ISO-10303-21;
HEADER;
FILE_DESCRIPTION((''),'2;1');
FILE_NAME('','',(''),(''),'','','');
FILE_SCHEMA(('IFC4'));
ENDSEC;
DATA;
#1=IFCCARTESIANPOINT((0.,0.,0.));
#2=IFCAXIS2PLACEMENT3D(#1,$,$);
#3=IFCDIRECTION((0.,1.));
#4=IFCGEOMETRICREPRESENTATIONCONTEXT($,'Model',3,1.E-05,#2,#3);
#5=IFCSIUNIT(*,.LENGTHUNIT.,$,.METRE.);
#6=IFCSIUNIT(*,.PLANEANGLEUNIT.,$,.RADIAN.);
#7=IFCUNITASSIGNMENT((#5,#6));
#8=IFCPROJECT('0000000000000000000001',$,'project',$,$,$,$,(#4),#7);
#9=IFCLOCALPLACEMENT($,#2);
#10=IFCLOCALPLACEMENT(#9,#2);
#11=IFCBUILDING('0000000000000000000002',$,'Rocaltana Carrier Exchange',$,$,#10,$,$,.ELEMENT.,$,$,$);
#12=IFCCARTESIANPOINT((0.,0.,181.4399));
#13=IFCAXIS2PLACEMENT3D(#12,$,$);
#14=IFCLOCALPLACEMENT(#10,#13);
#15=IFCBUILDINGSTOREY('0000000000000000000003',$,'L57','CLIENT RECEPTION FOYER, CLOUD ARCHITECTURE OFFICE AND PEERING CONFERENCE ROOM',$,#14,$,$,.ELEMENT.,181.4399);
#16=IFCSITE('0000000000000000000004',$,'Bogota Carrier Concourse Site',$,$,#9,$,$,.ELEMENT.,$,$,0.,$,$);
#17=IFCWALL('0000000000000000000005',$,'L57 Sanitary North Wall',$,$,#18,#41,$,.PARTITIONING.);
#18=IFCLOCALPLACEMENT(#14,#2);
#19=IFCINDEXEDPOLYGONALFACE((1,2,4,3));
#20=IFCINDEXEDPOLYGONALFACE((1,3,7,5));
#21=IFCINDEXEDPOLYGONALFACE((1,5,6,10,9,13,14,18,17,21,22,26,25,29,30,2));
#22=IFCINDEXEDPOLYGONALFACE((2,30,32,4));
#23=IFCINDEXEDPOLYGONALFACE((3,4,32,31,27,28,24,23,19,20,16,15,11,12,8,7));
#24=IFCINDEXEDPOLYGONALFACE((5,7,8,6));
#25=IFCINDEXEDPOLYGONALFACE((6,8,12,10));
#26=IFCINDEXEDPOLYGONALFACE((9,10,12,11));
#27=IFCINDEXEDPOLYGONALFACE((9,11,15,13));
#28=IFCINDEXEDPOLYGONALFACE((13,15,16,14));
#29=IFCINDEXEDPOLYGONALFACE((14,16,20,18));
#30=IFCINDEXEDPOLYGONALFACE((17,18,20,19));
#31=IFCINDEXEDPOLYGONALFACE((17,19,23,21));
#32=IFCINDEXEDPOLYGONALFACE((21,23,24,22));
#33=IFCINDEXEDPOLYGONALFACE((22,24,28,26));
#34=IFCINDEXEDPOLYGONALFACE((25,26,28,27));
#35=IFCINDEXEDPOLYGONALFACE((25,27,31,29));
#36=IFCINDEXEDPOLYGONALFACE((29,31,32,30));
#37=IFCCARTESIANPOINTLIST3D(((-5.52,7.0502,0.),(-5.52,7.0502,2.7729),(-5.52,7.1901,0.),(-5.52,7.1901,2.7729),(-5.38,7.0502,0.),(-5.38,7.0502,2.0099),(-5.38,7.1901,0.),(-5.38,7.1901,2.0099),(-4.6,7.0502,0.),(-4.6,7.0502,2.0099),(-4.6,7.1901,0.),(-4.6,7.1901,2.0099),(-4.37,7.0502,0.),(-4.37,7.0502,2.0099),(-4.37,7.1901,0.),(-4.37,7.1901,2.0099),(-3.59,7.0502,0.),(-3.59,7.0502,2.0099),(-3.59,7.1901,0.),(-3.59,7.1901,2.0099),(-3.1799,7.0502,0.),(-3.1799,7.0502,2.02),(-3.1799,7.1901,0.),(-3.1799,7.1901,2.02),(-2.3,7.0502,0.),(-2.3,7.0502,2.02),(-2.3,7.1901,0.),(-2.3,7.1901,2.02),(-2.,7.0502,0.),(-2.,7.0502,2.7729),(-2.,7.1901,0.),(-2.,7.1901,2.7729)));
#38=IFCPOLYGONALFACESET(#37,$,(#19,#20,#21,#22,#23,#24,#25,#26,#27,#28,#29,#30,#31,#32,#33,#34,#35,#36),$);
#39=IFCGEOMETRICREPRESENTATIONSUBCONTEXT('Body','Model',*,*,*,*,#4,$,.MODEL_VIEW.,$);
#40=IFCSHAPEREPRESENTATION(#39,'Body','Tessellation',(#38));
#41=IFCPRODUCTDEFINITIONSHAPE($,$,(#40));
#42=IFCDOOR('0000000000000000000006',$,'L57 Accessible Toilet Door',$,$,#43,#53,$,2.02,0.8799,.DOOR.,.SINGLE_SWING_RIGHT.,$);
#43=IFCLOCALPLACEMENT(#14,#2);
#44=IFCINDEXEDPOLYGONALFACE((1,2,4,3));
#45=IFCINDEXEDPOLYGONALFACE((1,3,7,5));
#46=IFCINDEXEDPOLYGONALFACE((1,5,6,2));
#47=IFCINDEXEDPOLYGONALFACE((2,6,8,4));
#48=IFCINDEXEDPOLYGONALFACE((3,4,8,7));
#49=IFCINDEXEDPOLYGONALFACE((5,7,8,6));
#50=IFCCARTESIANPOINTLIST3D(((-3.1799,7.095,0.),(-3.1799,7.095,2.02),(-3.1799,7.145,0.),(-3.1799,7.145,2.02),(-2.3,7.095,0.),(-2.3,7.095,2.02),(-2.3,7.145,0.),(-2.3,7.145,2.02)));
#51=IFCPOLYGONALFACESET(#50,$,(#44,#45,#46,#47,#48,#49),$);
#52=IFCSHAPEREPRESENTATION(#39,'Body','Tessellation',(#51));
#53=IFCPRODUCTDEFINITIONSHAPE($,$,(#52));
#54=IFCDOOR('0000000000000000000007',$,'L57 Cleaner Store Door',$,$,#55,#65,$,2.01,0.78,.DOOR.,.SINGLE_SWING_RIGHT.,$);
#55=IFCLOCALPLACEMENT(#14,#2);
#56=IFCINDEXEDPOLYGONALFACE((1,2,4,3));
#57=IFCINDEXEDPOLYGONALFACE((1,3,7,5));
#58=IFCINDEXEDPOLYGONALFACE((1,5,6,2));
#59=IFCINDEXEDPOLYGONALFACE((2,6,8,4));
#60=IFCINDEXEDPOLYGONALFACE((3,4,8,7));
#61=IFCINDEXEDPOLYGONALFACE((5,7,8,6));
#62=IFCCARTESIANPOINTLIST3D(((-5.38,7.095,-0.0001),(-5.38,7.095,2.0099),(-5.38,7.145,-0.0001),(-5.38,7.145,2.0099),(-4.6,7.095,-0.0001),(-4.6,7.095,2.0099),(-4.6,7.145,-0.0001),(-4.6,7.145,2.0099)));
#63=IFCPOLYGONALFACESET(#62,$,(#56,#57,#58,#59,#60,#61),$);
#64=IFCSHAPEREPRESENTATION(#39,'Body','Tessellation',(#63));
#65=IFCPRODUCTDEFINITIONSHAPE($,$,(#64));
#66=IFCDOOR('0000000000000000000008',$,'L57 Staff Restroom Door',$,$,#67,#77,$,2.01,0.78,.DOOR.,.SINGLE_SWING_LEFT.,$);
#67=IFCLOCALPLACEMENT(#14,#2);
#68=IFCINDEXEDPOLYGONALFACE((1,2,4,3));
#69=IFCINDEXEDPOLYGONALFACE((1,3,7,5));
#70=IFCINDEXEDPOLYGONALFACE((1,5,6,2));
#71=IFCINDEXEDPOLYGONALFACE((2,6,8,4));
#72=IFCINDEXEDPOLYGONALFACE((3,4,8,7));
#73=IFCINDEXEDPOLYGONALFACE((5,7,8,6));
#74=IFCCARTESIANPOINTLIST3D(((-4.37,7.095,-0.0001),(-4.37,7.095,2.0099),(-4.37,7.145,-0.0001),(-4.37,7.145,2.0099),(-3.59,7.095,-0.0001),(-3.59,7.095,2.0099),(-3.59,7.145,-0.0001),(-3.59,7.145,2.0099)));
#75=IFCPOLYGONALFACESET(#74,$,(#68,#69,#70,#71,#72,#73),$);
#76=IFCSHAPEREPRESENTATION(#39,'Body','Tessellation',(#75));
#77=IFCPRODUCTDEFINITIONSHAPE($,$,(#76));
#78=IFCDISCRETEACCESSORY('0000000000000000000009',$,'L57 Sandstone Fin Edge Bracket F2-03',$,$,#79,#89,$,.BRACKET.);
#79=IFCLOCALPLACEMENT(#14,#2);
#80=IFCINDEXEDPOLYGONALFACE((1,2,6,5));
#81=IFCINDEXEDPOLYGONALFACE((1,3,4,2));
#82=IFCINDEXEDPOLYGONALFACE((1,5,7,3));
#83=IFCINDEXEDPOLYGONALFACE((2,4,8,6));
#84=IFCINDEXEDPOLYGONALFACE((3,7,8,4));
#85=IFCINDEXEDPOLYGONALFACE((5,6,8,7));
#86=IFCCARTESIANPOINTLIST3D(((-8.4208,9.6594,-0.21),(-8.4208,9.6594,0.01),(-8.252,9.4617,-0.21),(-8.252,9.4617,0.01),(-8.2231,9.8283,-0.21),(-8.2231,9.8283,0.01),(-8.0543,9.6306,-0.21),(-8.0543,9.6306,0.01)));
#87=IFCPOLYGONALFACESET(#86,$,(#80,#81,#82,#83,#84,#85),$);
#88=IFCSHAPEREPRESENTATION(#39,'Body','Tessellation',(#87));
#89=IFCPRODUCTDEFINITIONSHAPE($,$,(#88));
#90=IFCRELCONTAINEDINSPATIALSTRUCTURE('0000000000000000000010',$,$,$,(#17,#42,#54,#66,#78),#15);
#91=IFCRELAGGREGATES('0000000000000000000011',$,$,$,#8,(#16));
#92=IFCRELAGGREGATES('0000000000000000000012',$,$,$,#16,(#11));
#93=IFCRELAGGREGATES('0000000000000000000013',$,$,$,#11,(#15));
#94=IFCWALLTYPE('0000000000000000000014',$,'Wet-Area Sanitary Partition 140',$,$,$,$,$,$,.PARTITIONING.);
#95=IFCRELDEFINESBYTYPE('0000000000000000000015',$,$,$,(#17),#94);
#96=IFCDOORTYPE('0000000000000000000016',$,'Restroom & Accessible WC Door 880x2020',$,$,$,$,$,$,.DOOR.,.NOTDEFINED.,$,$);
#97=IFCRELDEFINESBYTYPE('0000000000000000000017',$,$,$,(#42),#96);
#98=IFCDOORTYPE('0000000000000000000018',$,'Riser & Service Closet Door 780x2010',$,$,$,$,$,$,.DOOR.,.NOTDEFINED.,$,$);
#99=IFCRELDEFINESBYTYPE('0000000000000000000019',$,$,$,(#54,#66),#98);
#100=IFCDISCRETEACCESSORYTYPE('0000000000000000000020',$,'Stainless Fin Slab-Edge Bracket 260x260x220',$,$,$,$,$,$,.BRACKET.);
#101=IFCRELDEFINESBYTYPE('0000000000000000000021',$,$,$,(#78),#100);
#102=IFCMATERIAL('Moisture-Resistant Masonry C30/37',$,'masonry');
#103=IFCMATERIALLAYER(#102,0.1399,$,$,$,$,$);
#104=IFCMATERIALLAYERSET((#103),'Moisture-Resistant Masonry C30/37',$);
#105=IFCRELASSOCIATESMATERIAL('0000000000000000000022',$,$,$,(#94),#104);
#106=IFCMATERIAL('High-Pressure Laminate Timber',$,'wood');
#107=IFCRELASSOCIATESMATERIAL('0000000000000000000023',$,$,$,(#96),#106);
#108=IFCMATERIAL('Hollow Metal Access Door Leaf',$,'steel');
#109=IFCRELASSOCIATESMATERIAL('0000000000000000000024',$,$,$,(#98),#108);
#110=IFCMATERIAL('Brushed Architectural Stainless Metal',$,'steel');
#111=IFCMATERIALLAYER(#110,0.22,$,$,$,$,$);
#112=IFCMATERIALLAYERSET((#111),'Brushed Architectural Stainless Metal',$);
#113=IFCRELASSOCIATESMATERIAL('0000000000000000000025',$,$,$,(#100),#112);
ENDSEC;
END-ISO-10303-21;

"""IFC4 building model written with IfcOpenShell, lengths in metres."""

from ifc_helpers import new_model, si_unit, direction, frame, frame_2d, origin, origin_2d, place, context, subcontext, project, spatial, rectangle, extrude, material, layer, layer_set, type_object, element, fill, save


model = new_model("IFC4")

# Units and contexts
model_context = context("Model", 3, precision=1e-05, world=origin(), true_north=direction((0.0, 1.0)))
body_context = subcontext(model_context, "Body", "Model", "MODEL_VIEW")
ifc_project = project(units=[si_unit("LENGTHUNIT", "METRE"), si_unit("PLANEANGLEUNIT", "RADIAN")], contexts=[model_context])

# Site, building, storey
site_placement = place(None, origin())
site = spatial("IfcSite", under=ifc_project, at=site_placement, Name="Bogota Carrier Concourse Site", CompositionType="ELEMENT", RefElevation=0.0)
building_placement = place(site_placement, origin())
building = spatial("IfcBuilding", under=site, at=building_placement, Name="Rocaltana Carrier Exchange", CompositionType="ELEMENT")
storey_placement = place(building_placement, frame((0.0, 0.0, 181.4399)))
storey = spatial("IfcBuildingStorey", under=building, at=storey_placement, Name="L57", Description="CLIENT RECEPTION FOYER, CLOUD ARCHITECTURE OFFICE AND PEERING CONFERENCE ROOM", CompositionType="ELEMENT", Elevation=181.4399)

# Wall, openings, doors
ifc_material_1 = material(Name="Moisture-Resistant Masonry C30/37", Category="masonry")
ifc_layer_1 = layer(ifc_material_1, 0.1399)
ifc_layer_set_1 = layer_set([ifc_layer_1], Name="Moisture-Resistant Masonry C30/37")
wall_type_1 = type_object("IfcWallType", Name="Wet-Area Sanitary Partition 140", PredefinedType="PARTITIONING", material=ifc_layer_set_1)
wall_1_placement = place(storey_placement, frame((-5.52, 7.1201, 0.0), z_axis=(0.0, 0.0, 1.0), x_axis=(1.0, 0.0, 0.0)))
wall_1 = element("IfcWall", 1, at=wall_1_placement, inside=storey, type_object=wall_type_1, Name="L57 Sanitary North Wall", PredefinedType="PARTITIONING", context=body_context, shape_type="SweptSolid", body=[
    extrude(rectangle(XDim=3.52, YDim=0.1399, at=frame_2d((1.76, 0.0))), origin(), (0.0, 0.0, 1.0), 2.7729),
])
opening_1_placement = place(wall_1_placement, frame((0.1399, 0.0, 0.0)))
opening_1 = element("IfcOpeningElement", 2, at=opening_1_placement, cuts=wall_1, PredefinedType="OPENING", context=body_context, shape_type="SweptSolid", body=[
    extrude(rectangle(XDim=0.78, YDim=2.01, at=frame_2d((0.3901, 1.0049))), frame((0.0, 0.0798, 0.0), z_axis=(0.0, -1.0, 0.0), x_axis=(1.0, 0.0, 0.0)), (0.0, 0.0, 1.0), 0.1599),
])
opening_2_placement = place(wall_1_placement, frame((1.1499, 0.0, 0.0)))
opening_2 = element("IfcOpeningElement", 3, at=opening_2_placement, cuts=wall_1, PredefinedType="OPENING", context=body_context, shape_type="SweptSolid", body=[
    extrude(rectangle(XDim=0.78, YDim=2.01, at=frame_2d((0.3901, 1.0049))), frame((0.0, 0.0798, 0.0), z_axis=(0.0, -1.0, 0.0), x_axis=(1.0, 0.0, 0.0)), (0.0, 0.0, 1.0), 0.1599),
])
opening_3_placement = place(wall_1_placement, frame((2.3401, 0.0, 0.0)))
opening_3 = element("IfcOpeningElement", 4, at=opening_3_placement, cuts=wall_1, PredefinedType="OPENING", context=body_context, shape_type="SweptSolid", body=[
    extrude(rectangle(XDim=0.8799, YDim=2.02, at=frame_2d((0.4399, 1.01))), frame((0.0, 0.0798, 0.0), z_axis=(0.0, -1.0, 0.0), x_axis=(1.0, 0.0, 0.0)), (0.0, 0.0, 1.0), 0.1599),
])
ifc_material_2 = material(Name="High-Pressure Laminate Timber", Category="wood")
door_type_1 = type_object("IfcDoorType", Name="Restroom & Accessible WC Door 880x2020", OperationType="NOTDEFINED", PredefinedType="DOOR", material=ifc_material_2)
door_1_placement = place(opening_3_placement, origin())
door_1 = element("IfcDoor", 5, at=door_1_placement, inside=storey, type_object=door_type_1, Name="L57 Accessible Toilet Door", OperationType="SINGLE_SWING_RIGHT", OverallHeight=2.02, OverallWidth=0.8799, PredefinedType="DOOR", context=body_context, shape_type="SweptSolid", body=[
    extrude(rectangle(XDim=0.8799, YDim=2.02, at=frame_2d((0.4399, 1.01))), frame((0.0, 0.0249, 0.0), z_axis=(0.0, -1.0, 0.0), x_axis=(1.0, 0.0, 0.0)), (0.0, 0.0, 1.0), 0.05),
])
fill(opening_3, door_1)
ifc_material_3 = material(Name="Hollow Metal Access Door Leaf", Category="steel")
door_type_2 = type_object("IfcDoorType", Name="Riser & Service Closet Door 780x2010", OperationType="NOTDEFINED", PredefinedType="DOOR", material=ifc_material_3)
door_2_placement = place(opening_1_placement, origin())
door_2 = element("IfcDoor", 6, at=door_2_placement, inside=storey, type_object=door_type_2, Name="L57 Cleaner Store Door", OperationType="SINGLE_SWING_RIGHT", OverallHeight=2.01, OverallWidth=0.78, PredefinedType="DOOR", context=body_context, shape_type="SweptSolid", body=[
    extrude(rectangle(XDim=0.78, YDim=2.01, at=frame_2d((0.3901, 1.0049))), frame((0.0, 0.0249, 0.0), z_axis=(0.0, -1.0, 0.0), x_axis=(1.0, 0.0, 0.0)), (0.0, 0.0, 1.0), 0.05),
])
fill(opening_1, door_2)
door_3_placement = place(opening_2_placement, origin())
door_3 = element("IfcDoor", 7, at=door_3_placement, inside=storey, type_object=door_type_2, Name="L57 Staff Restroom Door", OperationType="SINGLE_SWING_LEFT", OverallHeight=2.01, OverallWidth=0.78, PredefinedType="DOOR", context=body_context, shape_type="SweptSolid", body=[
    extrude(rectangle(XDim=0.78, YDim=2.01, at=frame_2d((0.3901, 1.0049))), frame((0.0, 0.0249, 0.0), z_axis=(0.0, -1.0, 0.0), x_axis=(1.0, 0.0, 0.0)), (0.0, 0.0, 1.0), 0.05),
])
fill(opening_2, door_3)

# Discrete accessory
ifc_material_4 = material(Name="Brushed Architectural Stainless Metal", Category="steel")
ifc_layer_2 = layer(ifc_material_4, 0.22)
ifc_layer_set_2 = layer_set([ifc_layer_2], Name="Brushed Architectural Stainless Metal")
discrete_accessory_type = type_object("IfcDiscreteAccessoryType", Name="Stainless Fin Slab-Edge Bracket 260x260x220", PredefinedType="BRACKET", material=ifc_layer_set_2)
discrete_accessory_placement = place(storey_placement, frame((-8.2375, 9.645, -0.21), z_axis=(0.0, 0.0, 1.0), x_axis=(-0.760406, -0.649448, 0.0)))
element("IfcDiscreteAccessory", 8, at=discrete_accessory_placement, inside=storey, type_object=discrete_accessory_type, Name="L57 Sandstone Fin Edge Bracket F2-03", PredefinedType="BRACKET", context=body_context, shape_type="SweptSolid", body=[
    extrude(rectangle(XDim=0.26, YDim=0.26, at=origin_2d()), origin(), (0.0, 0.0, 1.0), 0.22),
])

save(model, "model.ifc")
